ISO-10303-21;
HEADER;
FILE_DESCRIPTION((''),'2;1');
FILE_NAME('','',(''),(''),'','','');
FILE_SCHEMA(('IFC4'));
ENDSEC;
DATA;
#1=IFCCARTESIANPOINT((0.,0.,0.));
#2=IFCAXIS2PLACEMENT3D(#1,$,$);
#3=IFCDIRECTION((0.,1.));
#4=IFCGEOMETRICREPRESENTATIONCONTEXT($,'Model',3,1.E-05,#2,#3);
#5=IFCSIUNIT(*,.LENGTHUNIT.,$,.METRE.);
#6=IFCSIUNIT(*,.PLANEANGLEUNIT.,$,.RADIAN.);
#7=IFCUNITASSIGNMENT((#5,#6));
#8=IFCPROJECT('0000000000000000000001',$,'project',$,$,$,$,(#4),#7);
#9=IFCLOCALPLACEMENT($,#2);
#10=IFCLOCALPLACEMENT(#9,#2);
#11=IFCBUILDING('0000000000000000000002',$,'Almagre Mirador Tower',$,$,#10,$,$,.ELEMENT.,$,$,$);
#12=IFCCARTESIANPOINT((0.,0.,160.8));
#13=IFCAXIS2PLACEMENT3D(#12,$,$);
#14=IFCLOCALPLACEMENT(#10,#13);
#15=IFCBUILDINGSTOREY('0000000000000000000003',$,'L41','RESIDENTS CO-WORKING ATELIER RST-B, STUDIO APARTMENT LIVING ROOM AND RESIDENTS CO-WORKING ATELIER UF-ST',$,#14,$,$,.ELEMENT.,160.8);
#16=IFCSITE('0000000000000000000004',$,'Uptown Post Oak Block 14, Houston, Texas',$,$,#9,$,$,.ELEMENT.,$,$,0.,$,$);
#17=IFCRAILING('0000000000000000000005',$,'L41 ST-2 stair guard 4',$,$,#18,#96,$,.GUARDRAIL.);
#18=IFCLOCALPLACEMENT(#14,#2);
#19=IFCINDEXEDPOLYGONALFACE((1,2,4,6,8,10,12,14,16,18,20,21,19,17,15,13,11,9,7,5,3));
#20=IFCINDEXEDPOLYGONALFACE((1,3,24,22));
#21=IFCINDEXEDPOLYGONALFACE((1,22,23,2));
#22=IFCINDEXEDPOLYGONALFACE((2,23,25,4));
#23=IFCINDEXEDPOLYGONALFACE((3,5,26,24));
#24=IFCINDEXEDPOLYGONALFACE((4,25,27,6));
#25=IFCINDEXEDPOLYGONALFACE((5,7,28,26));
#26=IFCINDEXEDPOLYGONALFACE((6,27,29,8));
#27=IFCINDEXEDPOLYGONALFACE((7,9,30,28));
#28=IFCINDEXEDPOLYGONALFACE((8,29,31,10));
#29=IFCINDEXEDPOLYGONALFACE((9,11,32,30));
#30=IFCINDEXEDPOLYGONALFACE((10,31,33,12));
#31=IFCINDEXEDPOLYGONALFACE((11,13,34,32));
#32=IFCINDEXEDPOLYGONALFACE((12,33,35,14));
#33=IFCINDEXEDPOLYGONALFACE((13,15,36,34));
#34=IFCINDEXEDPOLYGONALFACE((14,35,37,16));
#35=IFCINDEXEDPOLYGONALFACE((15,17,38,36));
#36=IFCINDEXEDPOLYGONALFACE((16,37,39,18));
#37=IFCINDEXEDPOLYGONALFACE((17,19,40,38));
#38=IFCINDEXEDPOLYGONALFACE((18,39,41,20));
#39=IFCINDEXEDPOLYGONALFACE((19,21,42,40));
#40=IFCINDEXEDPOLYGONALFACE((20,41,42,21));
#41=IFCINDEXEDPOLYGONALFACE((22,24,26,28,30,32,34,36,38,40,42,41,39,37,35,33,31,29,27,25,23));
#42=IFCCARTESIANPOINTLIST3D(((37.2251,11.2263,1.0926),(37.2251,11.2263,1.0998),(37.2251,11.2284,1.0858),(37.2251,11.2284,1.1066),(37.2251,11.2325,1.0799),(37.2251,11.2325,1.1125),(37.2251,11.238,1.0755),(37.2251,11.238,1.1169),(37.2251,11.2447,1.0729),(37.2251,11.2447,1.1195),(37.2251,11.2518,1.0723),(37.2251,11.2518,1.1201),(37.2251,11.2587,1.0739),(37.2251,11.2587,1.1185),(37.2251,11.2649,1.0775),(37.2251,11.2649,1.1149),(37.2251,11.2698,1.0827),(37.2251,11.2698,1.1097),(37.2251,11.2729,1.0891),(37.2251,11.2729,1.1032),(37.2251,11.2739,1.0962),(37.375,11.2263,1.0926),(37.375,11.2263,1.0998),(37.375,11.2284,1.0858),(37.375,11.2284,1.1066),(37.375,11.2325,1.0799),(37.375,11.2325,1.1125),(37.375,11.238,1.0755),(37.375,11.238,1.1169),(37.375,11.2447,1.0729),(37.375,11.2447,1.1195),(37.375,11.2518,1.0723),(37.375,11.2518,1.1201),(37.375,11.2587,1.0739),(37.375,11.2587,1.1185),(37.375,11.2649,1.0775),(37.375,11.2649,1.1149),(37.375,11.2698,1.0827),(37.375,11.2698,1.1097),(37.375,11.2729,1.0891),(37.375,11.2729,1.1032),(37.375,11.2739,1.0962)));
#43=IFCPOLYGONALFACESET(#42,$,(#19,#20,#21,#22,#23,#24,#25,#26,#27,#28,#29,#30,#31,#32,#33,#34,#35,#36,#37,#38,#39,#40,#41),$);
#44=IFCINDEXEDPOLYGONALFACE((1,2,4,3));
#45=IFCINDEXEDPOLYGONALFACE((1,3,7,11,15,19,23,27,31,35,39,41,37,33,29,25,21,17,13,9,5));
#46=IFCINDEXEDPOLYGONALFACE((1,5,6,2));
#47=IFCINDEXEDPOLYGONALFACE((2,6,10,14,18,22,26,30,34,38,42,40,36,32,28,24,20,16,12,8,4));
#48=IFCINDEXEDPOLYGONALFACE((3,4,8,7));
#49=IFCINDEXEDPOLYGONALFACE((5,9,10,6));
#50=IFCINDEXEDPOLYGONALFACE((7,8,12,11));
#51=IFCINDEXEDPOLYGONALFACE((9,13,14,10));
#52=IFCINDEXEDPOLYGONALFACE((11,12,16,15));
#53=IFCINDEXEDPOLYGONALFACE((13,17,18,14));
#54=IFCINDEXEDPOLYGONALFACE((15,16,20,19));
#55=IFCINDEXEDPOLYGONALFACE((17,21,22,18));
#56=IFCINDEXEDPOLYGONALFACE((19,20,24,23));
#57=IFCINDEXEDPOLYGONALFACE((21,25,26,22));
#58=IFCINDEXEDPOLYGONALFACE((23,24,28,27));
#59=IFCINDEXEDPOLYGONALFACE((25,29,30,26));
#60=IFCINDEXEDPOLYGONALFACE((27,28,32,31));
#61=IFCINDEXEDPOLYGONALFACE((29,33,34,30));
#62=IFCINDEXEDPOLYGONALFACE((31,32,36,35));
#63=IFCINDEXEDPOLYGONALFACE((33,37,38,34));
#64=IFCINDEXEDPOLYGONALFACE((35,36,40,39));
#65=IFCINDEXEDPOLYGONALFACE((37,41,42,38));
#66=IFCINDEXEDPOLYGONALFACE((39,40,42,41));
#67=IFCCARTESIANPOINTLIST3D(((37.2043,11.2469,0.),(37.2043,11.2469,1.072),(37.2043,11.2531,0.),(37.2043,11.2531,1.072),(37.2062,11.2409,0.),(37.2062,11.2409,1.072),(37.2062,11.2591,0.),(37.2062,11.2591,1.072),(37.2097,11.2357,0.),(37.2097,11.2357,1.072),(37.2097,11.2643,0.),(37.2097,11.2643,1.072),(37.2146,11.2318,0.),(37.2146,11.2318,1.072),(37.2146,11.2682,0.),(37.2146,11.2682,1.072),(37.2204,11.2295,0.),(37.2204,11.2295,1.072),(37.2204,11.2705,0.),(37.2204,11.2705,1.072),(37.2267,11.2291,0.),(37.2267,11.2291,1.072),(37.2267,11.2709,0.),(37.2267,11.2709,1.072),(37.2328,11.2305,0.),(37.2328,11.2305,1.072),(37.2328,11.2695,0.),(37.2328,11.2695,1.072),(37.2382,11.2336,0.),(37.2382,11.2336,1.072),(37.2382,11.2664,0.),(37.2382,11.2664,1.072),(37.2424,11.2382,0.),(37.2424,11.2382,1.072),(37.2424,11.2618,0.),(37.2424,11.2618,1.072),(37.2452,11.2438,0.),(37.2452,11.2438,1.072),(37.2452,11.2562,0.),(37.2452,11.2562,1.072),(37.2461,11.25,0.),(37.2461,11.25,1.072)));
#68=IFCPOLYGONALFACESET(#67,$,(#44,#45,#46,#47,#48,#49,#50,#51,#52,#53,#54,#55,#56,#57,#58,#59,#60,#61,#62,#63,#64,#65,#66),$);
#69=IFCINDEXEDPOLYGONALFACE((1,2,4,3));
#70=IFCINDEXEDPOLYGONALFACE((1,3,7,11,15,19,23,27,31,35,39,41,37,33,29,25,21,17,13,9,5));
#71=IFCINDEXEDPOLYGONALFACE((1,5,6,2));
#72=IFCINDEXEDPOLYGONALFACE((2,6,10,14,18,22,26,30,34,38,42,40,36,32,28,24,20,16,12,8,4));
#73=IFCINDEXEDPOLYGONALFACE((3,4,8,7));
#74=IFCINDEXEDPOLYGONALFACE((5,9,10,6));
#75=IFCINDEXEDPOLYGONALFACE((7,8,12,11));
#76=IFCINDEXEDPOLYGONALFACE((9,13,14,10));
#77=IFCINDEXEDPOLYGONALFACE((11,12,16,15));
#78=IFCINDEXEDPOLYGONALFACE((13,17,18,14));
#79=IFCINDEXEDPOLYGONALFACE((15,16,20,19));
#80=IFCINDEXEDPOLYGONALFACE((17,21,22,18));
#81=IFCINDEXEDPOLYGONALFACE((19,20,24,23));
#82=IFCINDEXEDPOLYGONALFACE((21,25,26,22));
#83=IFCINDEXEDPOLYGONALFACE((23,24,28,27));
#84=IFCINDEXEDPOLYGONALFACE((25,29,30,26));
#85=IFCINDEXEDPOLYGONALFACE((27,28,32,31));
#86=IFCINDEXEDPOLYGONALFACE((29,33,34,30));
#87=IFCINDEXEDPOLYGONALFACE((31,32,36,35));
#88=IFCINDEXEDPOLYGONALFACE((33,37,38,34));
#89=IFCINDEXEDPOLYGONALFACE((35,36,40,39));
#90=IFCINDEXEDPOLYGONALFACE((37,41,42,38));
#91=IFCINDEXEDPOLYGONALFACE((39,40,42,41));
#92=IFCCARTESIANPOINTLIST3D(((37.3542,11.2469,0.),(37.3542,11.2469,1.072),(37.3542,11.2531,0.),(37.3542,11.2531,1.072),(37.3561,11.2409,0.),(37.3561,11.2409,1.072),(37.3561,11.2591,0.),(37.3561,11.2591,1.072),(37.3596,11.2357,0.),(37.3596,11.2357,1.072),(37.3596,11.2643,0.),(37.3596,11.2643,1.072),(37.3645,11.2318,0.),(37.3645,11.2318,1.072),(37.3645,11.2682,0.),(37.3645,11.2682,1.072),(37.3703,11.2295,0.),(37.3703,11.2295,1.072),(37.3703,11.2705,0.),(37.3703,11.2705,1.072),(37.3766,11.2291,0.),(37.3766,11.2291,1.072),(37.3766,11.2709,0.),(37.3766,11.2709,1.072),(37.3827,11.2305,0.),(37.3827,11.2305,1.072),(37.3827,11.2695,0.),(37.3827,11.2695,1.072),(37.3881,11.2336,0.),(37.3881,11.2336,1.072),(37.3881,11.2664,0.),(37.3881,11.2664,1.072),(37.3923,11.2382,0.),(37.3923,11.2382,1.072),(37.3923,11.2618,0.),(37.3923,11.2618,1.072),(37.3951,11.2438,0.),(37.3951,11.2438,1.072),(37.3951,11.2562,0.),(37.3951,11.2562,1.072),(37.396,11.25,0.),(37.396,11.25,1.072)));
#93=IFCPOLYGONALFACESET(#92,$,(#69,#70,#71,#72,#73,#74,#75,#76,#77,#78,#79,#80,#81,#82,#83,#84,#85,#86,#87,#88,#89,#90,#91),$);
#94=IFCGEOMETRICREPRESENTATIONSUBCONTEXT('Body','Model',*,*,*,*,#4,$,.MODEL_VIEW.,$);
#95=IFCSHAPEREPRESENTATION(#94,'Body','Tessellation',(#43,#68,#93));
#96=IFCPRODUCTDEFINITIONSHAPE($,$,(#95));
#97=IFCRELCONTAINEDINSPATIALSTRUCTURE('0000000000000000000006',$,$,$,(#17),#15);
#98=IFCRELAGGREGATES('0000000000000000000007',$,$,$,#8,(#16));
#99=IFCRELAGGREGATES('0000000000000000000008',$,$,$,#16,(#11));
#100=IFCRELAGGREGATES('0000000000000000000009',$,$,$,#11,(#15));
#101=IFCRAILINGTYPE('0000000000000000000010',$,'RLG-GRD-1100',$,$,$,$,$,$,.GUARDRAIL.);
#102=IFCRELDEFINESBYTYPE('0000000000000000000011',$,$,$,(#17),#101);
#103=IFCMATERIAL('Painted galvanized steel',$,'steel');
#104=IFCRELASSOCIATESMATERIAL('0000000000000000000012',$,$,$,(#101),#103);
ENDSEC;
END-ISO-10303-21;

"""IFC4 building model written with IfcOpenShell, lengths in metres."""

from ifc_helpers import new_model, si_unit, direction, frame, origin, origin_2d, place, context, subcontext, project, spatial, circle, extrude, material, type_object, element, save


model = new_model("IFC4")

# Units and contexts
model_context = context("Model", 3, precision=1e-05, world=origin(), true_north=direction((0.0, 1.0)))
body_context = subcontext(model_context, "Body", "Model", "MODEL_VIEW")
ifc_project = project(units=[si_unit("LENGTHUNIT", "METRE"), si_unit("PLANEANGLEUNIT", "RADIAN")], contexts=[model_context])

# Site, building, storey
site_placement = place(None, origin())
site = spatial("IfcSite", under=ifc_project, at=site_placement, Name="Uptown Post Oak Block 14, Houston, Texas", CompositionType="ELEMENT", RefElevation=0.0)
building_placement = place(site_placement, origin())
building = spatial("IfcBuilding", under=site, at=building_placement, Name="Almagre Mirador Tower", CompositionType="ELEMENT")
storey_placement = place(building_placement, frame((0.0, 0.0, 160.8)))
storey = spatial("IfcBuildingStorey", under=building, at=storey_placement, Name="L41", Description="RESIDENTS CO-WORKING ATELIER RST-B, STUDIO APARTMENT LIVING ROOM AND RESIDENTS CO-WORKING ATELIER UF-ST", CompositionType="ELEMENT", Elevation=160.8)

# Railing
ifc_material_1 = material(Name="Painted galvanized steel", Category="steel")
railing_type_1 = type_object("IfcRailingType", Name="RLG-GRD-1100", PredefinedType="GUARDRAIL", material=ifc_material_1)
railing_1_placement = place(storey_placement, frame((37.2251, 11.25, 0.0)))
element("IfcRailing", 1, at=railing_1_placement, inside=storey, type_object=railing_type_1, Name="L41 ST-2 stair guard 4", PredefinedType="GUARDRAIL", context=body_context, shape_type="SweptSolid", body=[
    extrude(circle(Radius=0.0239, at=origin_2d()), frame((0.0, 0.0, 1.0962), z_axis=(1.0, 0.0, 0.0), x_axis=(0.0, 1.0, 0.0)), (0.0, 0.0, 1.0), 0.1499),
    extrude(circle(Radius=0.021, at=origin_2d()), origin(), (0.0, 0.0, 1.0), 1.072),
    extrude(circle(Radius=0.021, at=origin_2d()), frame((0.1499, 0.0, 0.0)), (0.0, 0.0, 1.0), 1.072),
])

save(model, "model.ifc")
